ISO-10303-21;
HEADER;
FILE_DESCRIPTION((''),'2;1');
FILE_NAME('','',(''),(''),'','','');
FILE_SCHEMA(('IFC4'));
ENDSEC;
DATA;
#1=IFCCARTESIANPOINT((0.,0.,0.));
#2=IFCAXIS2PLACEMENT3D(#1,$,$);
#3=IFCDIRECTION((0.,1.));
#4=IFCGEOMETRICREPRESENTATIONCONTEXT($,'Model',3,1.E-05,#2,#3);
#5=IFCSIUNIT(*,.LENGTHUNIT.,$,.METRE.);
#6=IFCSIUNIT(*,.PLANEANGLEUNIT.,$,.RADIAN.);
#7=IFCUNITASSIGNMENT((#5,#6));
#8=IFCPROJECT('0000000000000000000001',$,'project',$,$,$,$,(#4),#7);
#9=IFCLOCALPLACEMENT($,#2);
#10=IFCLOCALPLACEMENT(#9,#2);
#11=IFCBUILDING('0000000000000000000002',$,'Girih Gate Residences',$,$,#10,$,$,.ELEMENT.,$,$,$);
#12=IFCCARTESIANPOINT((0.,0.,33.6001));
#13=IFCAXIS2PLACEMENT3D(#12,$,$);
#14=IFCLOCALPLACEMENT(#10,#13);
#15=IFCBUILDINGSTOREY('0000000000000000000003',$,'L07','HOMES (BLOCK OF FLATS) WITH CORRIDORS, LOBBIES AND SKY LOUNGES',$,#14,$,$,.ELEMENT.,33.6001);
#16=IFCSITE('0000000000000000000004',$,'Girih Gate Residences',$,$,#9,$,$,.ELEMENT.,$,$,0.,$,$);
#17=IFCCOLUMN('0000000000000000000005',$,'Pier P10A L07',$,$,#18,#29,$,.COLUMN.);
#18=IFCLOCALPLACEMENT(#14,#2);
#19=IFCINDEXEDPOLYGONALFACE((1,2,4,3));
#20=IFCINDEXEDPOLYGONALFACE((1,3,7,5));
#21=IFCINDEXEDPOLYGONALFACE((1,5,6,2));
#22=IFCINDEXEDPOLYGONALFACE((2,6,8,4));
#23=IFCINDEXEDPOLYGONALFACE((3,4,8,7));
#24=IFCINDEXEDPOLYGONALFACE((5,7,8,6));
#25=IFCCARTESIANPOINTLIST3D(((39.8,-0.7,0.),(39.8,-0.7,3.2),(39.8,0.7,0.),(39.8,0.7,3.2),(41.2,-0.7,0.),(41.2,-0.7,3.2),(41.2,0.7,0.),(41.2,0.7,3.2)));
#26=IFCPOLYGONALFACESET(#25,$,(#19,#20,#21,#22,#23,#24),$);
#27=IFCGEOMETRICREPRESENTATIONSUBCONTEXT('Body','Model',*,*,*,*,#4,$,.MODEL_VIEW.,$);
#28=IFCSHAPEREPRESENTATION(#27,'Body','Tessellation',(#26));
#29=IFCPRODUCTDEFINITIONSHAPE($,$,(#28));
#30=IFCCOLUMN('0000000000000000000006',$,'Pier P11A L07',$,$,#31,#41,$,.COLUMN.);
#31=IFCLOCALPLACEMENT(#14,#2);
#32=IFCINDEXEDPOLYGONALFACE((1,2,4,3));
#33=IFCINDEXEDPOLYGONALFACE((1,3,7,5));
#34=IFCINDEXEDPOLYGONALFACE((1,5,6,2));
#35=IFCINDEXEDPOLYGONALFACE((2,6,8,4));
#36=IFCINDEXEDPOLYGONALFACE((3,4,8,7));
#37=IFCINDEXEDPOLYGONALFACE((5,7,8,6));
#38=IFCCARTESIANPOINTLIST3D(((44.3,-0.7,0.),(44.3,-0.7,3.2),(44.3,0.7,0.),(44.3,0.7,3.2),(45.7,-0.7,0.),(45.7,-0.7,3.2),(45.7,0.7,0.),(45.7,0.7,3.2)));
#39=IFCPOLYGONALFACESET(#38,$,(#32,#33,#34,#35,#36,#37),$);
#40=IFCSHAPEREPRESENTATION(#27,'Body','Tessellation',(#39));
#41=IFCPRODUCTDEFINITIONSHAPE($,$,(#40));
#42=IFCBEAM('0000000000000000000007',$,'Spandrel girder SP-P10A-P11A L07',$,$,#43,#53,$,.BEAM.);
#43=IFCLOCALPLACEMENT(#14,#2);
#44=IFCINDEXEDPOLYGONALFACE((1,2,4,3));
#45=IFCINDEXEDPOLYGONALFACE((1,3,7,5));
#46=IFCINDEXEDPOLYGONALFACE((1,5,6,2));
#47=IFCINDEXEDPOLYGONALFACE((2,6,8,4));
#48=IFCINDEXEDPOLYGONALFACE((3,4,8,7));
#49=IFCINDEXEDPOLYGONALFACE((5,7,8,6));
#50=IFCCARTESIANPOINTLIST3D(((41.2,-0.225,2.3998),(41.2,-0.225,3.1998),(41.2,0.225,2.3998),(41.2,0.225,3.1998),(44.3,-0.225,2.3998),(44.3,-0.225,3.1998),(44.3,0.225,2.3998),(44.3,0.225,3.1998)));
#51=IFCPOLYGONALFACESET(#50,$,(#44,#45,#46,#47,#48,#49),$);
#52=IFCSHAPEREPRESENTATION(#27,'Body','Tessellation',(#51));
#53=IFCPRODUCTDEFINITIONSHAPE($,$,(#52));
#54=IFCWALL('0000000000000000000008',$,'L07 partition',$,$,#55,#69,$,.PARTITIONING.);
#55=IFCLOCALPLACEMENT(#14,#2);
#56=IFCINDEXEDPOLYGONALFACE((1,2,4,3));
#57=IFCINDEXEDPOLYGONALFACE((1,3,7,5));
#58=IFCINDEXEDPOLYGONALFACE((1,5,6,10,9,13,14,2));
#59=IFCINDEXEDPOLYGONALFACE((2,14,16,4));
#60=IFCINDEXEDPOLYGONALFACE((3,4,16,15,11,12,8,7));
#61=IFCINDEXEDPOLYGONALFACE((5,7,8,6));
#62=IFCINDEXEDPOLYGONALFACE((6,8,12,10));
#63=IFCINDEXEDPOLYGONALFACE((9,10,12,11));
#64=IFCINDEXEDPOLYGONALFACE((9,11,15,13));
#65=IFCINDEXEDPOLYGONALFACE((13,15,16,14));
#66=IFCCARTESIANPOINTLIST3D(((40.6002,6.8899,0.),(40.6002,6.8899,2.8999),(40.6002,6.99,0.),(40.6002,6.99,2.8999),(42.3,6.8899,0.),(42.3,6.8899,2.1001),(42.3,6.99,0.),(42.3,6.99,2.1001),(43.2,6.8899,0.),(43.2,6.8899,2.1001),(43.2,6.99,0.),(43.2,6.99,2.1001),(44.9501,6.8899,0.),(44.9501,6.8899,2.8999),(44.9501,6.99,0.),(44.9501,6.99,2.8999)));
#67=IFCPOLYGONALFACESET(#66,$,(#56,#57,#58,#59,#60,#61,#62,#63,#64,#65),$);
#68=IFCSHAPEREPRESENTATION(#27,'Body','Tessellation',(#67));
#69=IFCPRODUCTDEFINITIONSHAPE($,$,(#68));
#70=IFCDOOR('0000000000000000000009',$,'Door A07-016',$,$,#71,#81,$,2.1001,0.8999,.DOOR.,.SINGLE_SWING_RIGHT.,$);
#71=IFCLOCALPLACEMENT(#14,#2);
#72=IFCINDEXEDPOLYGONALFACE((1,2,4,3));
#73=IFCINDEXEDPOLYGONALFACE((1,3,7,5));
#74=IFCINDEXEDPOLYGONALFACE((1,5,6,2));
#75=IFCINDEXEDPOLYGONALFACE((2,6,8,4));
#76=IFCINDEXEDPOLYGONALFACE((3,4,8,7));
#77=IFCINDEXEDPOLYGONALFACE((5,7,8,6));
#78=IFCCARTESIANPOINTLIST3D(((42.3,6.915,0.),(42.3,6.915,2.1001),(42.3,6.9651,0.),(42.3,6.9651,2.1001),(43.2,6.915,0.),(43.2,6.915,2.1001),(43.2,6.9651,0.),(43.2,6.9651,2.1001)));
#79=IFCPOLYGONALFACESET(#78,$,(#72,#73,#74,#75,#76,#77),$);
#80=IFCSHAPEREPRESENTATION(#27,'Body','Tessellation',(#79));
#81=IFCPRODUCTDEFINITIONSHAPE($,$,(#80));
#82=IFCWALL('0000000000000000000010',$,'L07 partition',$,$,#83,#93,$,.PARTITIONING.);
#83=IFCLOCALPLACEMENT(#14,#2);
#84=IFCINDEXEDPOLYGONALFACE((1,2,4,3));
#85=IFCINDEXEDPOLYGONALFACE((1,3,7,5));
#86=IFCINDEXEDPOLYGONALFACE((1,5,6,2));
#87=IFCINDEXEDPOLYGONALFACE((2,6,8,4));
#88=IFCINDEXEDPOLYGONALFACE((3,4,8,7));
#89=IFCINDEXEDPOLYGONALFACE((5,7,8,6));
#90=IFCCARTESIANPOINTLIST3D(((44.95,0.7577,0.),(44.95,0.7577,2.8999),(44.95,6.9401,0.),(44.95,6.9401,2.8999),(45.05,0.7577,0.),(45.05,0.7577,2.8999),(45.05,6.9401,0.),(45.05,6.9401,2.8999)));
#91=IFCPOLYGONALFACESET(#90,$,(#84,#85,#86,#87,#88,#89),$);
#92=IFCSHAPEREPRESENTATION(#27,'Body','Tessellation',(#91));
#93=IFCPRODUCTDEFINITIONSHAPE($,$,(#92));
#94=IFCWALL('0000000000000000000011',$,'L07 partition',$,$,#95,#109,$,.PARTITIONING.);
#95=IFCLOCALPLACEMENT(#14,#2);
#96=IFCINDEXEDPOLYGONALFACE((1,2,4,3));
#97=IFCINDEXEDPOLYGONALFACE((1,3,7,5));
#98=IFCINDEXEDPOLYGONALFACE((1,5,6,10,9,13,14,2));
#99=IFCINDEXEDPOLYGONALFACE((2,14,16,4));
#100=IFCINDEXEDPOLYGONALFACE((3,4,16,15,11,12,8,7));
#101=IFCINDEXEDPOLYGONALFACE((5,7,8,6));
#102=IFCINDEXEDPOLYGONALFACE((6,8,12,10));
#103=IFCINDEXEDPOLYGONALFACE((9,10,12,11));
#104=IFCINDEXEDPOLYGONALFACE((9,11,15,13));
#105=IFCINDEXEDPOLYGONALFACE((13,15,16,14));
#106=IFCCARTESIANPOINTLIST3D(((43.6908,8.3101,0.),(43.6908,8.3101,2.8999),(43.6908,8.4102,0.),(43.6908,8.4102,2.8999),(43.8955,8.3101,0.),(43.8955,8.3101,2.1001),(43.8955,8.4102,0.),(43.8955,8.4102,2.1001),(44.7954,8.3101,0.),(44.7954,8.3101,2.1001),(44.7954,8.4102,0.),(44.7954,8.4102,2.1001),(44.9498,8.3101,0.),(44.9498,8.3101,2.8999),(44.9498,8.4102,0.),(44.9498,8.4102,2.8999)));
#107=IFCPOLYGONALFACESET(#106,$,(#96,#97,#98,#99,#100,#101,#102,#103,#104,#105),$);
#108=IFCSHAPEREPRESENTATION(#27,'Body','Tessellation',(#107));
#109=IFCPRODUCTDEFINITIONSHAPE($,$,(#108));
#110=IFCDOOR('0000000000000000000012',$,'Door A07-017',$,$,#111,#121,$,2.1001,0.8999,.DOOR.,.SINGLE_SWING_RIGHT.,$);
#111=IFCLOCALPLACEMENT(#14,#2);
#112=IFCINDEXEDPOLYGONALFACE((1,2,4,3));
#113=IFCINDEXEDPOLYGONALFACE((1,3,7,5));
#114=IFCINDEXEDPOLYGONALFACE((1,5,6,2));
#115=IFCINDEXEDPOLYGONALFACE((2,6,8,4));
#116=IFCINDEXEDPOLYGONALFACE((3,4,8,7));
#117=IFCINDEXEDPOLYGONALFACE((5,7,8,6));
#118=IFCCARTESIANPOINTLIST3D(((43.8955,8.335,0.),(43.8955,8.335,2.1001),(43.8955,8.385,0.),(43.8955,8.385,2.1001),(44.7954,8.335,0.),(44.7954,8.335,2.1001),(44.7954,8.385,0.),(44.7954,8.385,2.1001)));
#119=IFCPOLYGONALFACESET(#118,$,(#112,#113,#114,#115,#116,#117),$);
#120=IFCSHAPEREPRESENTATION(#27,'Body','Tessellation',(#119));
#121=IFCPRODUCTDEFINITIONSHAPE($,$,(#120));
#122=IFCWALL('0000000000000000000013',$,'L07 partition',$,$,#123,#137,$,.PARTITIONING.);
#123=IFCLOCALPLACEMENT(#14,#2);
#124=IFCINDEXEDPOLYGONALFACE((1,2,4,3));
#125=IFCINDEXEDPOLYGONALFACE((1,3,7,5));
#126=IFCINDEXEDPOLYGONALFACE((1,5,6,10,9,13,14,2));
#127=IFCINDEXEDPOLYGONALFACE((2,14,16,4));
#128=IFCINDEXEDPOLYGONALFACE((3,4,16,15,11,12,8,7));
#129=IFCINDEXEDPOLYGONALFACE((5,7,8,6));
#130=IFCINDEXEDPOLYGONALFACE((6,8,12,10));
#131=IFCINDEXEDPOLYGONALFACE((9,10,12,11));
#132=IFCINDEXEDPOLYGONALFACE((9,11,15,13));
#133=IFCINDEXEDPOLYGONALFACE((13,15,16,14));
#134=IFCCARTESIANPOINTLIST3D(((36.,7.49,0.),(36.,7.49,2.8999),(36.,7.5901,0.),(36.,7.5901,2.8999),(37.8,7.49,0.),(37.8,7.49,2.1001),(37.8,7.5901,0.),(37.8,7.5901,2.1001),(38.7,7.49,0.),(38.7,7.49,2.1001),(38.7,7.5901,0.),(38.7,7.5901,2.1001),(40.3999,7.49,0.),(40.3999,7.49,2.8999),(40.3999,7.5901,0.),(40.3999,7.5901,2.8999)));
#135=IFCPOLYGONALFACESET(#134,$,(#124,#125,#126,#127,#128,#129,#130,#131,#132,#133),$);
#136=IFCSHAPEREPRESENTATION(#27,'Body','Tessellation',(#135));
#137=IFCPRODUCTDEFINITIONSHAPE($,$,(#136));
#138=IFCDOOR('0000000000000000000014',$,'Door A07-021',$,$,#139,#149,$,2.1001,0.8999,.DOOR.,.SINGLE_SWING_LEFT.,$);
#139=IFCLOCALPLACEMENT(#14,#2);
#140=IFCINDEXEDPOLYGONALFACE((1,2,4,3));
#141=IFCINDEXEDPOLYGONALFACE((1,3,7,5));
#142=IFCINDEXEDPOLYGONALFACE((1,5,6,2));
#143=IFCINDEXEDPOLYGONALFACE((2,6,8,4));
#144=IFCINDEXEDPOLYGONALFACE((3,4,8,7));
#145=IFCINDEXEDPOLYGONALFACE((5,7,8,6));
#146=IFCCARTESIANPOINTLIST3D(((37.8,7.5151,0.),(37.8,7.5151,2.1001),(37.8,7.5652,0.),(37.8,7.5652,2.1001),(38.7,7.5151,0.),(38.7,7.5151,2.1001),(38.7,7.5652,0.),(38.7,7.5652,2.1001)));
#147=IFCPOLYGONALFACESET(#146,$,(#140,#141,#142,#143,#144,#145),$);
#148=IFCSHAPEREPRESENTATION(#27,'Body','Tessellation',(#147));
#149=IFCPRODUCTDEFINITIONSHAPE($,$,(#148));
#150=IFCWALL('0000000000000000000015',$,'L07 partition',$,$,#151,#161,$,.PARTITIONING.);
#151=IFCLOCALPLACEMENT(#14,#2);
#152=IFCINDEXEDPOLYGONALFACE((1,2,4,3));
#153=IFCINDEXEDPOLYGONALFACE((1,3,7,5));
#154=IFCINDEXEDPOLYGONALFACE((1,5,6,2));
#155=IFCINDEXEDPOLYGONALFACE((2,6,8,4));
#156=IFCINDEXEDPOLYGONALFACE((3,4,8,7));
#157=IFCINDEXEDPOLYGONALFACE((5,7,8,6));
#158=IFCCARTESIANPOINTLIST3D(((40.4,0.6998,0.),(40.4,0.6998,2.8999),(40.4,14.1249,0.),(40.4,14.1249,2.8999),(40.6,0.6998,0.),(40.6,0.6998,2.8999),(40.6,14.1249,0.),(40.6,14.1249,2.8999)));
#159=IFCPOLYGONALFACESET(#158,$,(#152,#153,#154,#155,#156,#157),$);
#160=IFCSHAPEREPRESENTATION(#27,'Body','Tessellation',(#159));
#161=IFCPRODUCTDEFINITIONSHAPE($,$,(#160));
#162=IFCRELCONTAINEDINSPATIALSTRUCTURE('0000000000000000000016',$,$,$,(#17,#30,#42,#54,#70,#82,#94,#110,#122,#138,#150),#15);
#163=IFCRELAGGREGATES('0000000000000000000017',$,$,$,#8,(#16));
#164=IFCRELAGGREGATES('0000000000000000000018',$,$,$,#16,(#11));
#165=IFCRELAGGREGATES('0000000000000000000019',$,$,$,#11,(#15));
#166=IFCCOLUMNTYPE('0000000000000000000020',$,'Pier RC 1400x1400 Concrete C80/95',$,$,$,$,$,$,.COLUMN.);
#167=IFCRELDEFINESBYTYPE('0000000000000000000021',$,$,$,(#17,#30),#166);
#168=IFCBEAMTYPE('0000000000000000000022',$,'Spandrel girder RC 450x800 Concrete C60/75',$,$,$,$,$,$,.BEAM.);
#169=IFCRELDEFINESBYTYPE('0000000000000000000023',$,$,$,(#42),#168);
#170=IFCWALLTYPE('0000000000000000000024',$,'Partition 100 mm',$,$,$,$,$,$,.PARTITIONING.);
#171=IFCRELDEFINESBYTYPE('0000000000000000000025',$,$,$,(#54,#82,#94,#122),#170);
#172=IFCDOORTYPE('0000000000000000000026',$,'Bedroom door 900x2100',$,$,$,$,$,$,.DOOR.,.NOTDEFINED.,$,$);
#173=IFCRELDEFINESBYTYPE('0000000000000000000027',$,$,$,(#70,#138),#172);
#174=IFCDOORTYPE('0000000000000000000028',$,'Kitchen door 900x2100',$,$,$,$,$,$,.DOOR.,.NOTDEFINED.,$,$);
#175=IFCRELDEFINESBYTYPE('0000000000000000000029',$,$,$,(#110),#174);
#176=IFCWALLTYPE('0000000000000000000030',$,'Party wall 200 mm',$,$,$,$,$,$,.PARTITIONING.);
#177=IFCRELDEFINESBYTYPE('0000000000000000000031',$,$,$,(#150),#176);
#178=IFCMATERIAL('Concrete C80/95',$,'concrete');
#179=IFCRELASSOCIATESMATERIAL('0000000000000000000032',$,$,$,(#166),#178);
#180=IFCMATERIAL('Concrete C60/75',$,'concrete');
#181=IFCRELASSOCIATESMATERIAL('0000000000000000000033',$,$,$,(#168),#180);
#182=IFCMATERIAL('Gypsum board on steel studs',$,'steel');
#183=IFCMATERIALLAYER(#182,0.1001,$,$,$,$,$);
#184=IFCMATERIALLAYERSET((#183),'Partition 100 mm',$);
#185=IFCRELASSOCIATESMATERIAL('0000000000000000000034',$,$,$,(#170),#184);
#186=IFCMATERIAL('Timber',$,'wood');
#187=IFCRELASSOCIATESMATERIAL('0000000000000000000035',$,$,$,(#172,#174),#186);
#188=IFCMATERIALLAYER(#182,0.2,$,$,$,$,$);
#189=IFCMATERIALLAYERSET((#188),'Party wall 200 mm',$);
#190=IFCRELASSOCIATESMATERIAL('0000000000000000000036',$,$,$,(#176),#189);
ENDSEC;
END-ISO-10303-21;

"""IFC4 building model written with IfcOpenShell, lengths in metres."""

from ifc_helpers import new_model, si_unit, direction, frame, frame_2d, origin, origin_2d, place, context, subcontext, project, spatial, rectangle, extrude, material, layer, layer_set, material_profile, profile_set, type_object, element, fill, save


model = new_model("IFC4")

# Units and contexts
model_context = context("Model", 3, precision=1e-05, world=origin(), true_north=direction((0.0, 1.0)))
body_context = subcontext(model_context, "Body", "Model", "MODEL_VIEW")
ifc_project = project(units=[si_unit("LENGTHUNIT", "METRE"), si_unit("PLANEANGLEUNIT", "RADIAN")], contexts=[model_context])

# Site, building, storey
site_placement = place(None, origin())
site = spatial("IfcSite", under=ifc_project, at=site_placement, Name="Girih Gate Residences", CompositionType="ELEMENT", RefElevation=0.0)
building_placement = place(site_placement, origin())
building = spatial("IfcBuilding", under=site, at=building_placement, Name="Girih Gate Residences", CompositionType="ELEMENT")
storey_placement = place(building_placement, frame((0.0, 0.0, 33.6001)))
storey = spatial("IfcBuildingStorey", under=building, at=storey_placement, Name="L07", Description="HOMES (BLOCK OF FLATS) WITH CORRIDORS, LOBBIES AND SKY LOUNGES", CompositionType="ELEMENT", Elevation=33.6001)

# Columns
ifc_material_1 = material(Name="Concrete C80/95", Category="concrete")
ifc_material_profile_1 = material_profile(ifc_material_1, rectangle(XDim=1.3999, YDim=1.3999, at=origin_2d()))
ifc_profile_set_1 = profile_set([ifc_material_profile_1], Name="Concrete C80/95")
column_type = type_object("IfcColumnType", Name="Pier RC 1400x1400 Concrete C80/95", PredefinedType="COLUMN", material=ifc_profile_set_1)
for number, where, z_axis, x_axis, name in (
    (1, (40.5, 0.0, 0.0), (0.0, 0.0, 1.0), (1.0, 0.0, 0.0), "Pier P10A L07"),
    (2, (45.0, 0.0, 0.0), (0.0, 0.0, 1.0), (1.0, 0.0, 0.0), "Pier P11A L07"),
):
    element("IfcColumn", number, at=place(storey_placement, frame(where, z_axis=z_axis, x_axis=x_axis)), inside=storey, type_object=column_type, Name=name, PredefinedType="COLUMN", context=body_context, shape_type="SweptSolid", body=[
        extrude(rectangle(XDim=1.3999, YDim=1.3999, at=origin_2d()), origin(), (0.0, 0.0, 1.0), 3.2),
    ])

# Beam
ifc_material_2 = material(Name="Concrete C60/75", Category="concrete")
ifc_material_profile_2 = material_profile(ifc_material_2, rectangle(XDim=0.45, YDim=0.8, at=origin_2d()))
ifc_profile_set_2 = profile_set([ifc_material_profile_2], Name="Concrete C60/75")
beam_type = type_object("IfcBeamType", Name="Spandrel girder RC 450x800 Concrete C60/75", PredefinedType="BEAM", material=ifc_profile_set_2)
beam_placement = place(storey_placement, frame((41.2, 0.0, 2.7998), z_axis=(1.0, 0.0, 0.0), x_axis=(0.0, 1.0, 0.0)))
element("IfcBeam", 3, at=beam_placement, inside=storey, type_object=beam_type, Name="Spandrel girder SP-P10A-P11A L07", PredefinedType="BEAM", context=body_context, shape_type="SweptSolid", body=[
    extrude(rectangle(XDim=0.45, YDim=0.8, at=origin_2d()), origin(), (0.0, 0.0, 1.0), 3.1001),
])

# Wall, opening, door
ifc_material_3 = material(Name="Gypsum board on steel studs", Category="steel")
ifc_layer_1 = layer(ifc_material_3, 0.1001)
ifc_layer_set_1 = layer_set([ifc_layer_1], Name="Partition 100 mm")
wall_type_1 = type_object("IfcWallType", Name="Partition 100 mm", PredefinedType="PARTITIONING", material=ifc_layer_set_1)
wall_1_placement = place(storey_placement, frame((44.95, 6.9399, 0.0), z_axis=(0.0, 0.0, 1.0), x_axis=(-1.0, 0.0, 0.0)))
wall_1 = element("IfcWall", 4, at=wall_1_placement, inside=storey, type_object=wall_type_1, Name="L07 partition", PredefinedType="PARTITIONING", context=body_context, shape_type="SweptSolid", body=[
    extrude(rectangle(XDim=4.3499, YDim=0.1001, at=frame_2d((2.1748, 0.0))), origin(), (0.0, 0.0, 1.0), 2.8999),
])
opening_1_placement = place(wall_1_placement, frame((1.75, 0.0, 0.0)))
opening_1 = element("IfcOpeningElement", 5, at=opening_1_placement, cuts=wall_1, PredefinedType="OPENING", context=body_context, shape_type="SweptSolid", body=[
    extrude(rectangle(XDim=0.8999, YDim=2.1001, at=frame_2d((0.45, 1.05))), frame((0.0, 0.0601, 0.0), z_axis=(0.0, -1.0, 0.0), x_axis=(1.0, 0.0, 0.0)), (0.0, 0.0, 1.0), 0.1201),
])
ifc_material_4 = material(Name="Timber", Category="wood")
door_type_1 = type_object("IfcDoorType", Name="Bedroom door 900x2100", OperationType="NOTDEFINED", PredefinedType="DOOR", material=ifc_material_4)
door_1_placement = place(opening_1_placement, origin())
door_1 = element("IfcDoor", 6, at=door_1_placement, inside=storey, type_object=door_type_1, Name="Door A07-016", OperationType="SINGLE_SWING_RIGHT", OverallHeight=2.1001, OverallWidth=0.8999, PredefinedType="DOOR", context=body_context, shape_type="SweptSolid", body=[
    extrude(rectangle(XDim=0.8999, YDim=2.1001, at=frame_2d((0.45, 1.05))), frame((0.0, 0.0249, 0.0), z_axis=(0.0, -1.0, 0.0), x_axis=(1.0, 0.0, 0.0)), (0.0, 0.0, 1.0), 0.05),
])
fill(opening_1, door_1)

# Wall
wall_2_placement = place(storey_placement, frame((45.0, 0.7576, 0.0), z_axis=(0.0, 0.0, 1.0), x_axis=(0.0, 1.0, 0.0)))
element("IfcWall", 7, at=wall_2_placement, inside=storey, type_object=wall_type_1, Name="L07 partition", PredefinedType="PARTITIONING", context=body_context, shape_type="SweptSolid", body=[
    extrude(rectangle(XDim=6.1824, YDim=0.1001, at=frame_2d((3.0913, 0.0))), origin(), (0.0, 0.0, 1.0), 2.8999),
])

# Walls, openings, doors
wall_3_placement = place(storey_placement, frame((43.6909, 8.3601, 0.0), z_axis=(0.0, 0.0, 1.0), x_axis=(1.0, 0.0, 0.0)))
wall_3 = element("IfcWall", 8, at=wall_3_placement, inside=storey, type_object=wall_type_1, Name="L07 partition", PredefinedType="PARTITIONING", context=body_context, shape_type="SweptSolid", body=[
    extrude(rectangle(XDim=1.259, YDim=0.1001, at=frame_2d((0.6294, 0.0))), origin(), (0.0, 0.0, 1.0), 2.8999),
])
opening_2_placement = place(wall_3_placement, frame((0.2046, 0.0, 0.0)))
opening_2 = element("IfcOpeningElement", 9, at=opening_2_placement, cuts=wall_3, PredefinedType="OPENING", context=body_context, shape_type="SweptSolid", body=[
    extrude(rectangle(XDim=0.8999, YDim=2.1001, at=frame_2d((0.45, 1.05))), frame((0.0, 0.0601, 0.0), z_axis=(0.0, -1.0, 0.0), x_axis=(1.0, 0.0, 0.0)), (0.0, 0.0, 1.0), 0.1201),
])
door_type_2 = type_object("IfcDoorType", Name="Kitchen door 900x2100", OperationType="NOTDEFINED", PredefinedType="DOOR", material=ifc_material_4)
door_2_placement = place(opening_2_placement, origin())
door_2 = element("IfcDoor", 10, at=door_2_placement, inside=storey, type_object=door_type_2, Name="Door A07-017", OperationType="SINGLE_SWING_RIGHT", OverallHeight=2.1001, OverallWidth=0.8999, PredefinedType="DOOR", context=body_context, shape_type="SweptSolid", body=[
    extrude(rectangle(XDim=0.8999, YDim=2.1001, at=frame_2d((0.45, 1.05))), frame((0.0, 0.0249, 0.0), z_axis=(0.0, -1.0, 0.0), x_axis=(1.0, 0.0, 0.0)), (0.0, 0.0, 1.0), 0.05),
])
fill(opening_2, door_2)
wall_4_placement = place(storey_placement, frame((40.3999, 7.54, 0.0), z_axis=(0.0, 0.0, 1.0), x_axis=(-1.0, 0.0, 0.0)))
wall_4 = element("IfcWall", 11, at=wall_4_placement, inside=storey, type_object=wall_type_1, Name="L07 partition", PredefinedType="PARTITIONING", context=body_context, shape_type="SweptSolid", body=[
    extrude(rectangle(XDim=4.3999, YDim=0.1001, at=frame_2d((2.2, 0.0))), origin(), (0.0, 0.0, 1.0), 2.8999),
])
opening_3_placement = place(wall_4_placement, frame((1.7, 0.0, 0.0)))
opening_3 = element("IfcOpeningElement", 12, at=opening_3_placement, cuts=wall_4, PredefinedType="OPENING", context=body_context, shape_type="SweptSolid", body=[
    extrude(rectangle(XDim=0.8999, YDim=2.1001, at=frame_2d((0.45, 1.05))), frame((0.0, 0.0601, 0.0), z_axis=(0.0, -1.0, 0.0), x_axis=(1.0, 0.0, 0.0)), (0.0, 0.0, 1.0), 0.1201),
])
door_3_placement = place(opening_3_placement, origin())
door_3 = element("IfcDoor", 13, at=door_3_placement, inside=storey, type_object=door_type_1, Name="Door A07-021", OperationType="SINGLE_SWING_LEFT", OverallHeight=2.1001, OverallWidth=0.8999, PredefinedType="DOOR", context=body_context, shape_type="SweptSolid", body=[
    extrude(rectangle(XDim=0.8999, YDim=2.1001, at=frame_2d((0.45, 1.05))), frame((0.0, 0.0249, 0.0), z_axis=(0.0, -1.0, 0.0), x_axis=(1.0, 0.0, 0.0)), (0.0, 0.0, 1.0), 0.05),
])
fill(opening_3, door_3)

# Wall
ifc_layer_2 = layer(ifc_material_3, 0.2)
ifc_layer_set_2 = layer_set([ifc_layer_2], Name="Party wall 200 mm")
wall_type_2 = type_object("IfcWallType", Name="Party wall 200 mm", PredefinedType="PARTITIONING", material=ifc_layer_set_2)
wall_5_placement = place(storey_placement, frame((40.5, 0.7, 0.0), z_axis=(0.0, 0.0, 1.0), x_axis=(0.0, 1.0, 0.0)))
element("IfcWall", 14, at=wall_5_placement, inside=storey, type_object=wall_type_2, Name="L07 partition", PredefinedType="PARTITIONING", context=body_context, shape_type="SweptSolid", body=[
    extrude(rectangle(XDim=13.425, YDim=0.2, at=frame_2d((6.7124, 0.0))), origin(), (0.0, 0.0, 1.0), 2.8999),
])

save(model, "model.ifc")
